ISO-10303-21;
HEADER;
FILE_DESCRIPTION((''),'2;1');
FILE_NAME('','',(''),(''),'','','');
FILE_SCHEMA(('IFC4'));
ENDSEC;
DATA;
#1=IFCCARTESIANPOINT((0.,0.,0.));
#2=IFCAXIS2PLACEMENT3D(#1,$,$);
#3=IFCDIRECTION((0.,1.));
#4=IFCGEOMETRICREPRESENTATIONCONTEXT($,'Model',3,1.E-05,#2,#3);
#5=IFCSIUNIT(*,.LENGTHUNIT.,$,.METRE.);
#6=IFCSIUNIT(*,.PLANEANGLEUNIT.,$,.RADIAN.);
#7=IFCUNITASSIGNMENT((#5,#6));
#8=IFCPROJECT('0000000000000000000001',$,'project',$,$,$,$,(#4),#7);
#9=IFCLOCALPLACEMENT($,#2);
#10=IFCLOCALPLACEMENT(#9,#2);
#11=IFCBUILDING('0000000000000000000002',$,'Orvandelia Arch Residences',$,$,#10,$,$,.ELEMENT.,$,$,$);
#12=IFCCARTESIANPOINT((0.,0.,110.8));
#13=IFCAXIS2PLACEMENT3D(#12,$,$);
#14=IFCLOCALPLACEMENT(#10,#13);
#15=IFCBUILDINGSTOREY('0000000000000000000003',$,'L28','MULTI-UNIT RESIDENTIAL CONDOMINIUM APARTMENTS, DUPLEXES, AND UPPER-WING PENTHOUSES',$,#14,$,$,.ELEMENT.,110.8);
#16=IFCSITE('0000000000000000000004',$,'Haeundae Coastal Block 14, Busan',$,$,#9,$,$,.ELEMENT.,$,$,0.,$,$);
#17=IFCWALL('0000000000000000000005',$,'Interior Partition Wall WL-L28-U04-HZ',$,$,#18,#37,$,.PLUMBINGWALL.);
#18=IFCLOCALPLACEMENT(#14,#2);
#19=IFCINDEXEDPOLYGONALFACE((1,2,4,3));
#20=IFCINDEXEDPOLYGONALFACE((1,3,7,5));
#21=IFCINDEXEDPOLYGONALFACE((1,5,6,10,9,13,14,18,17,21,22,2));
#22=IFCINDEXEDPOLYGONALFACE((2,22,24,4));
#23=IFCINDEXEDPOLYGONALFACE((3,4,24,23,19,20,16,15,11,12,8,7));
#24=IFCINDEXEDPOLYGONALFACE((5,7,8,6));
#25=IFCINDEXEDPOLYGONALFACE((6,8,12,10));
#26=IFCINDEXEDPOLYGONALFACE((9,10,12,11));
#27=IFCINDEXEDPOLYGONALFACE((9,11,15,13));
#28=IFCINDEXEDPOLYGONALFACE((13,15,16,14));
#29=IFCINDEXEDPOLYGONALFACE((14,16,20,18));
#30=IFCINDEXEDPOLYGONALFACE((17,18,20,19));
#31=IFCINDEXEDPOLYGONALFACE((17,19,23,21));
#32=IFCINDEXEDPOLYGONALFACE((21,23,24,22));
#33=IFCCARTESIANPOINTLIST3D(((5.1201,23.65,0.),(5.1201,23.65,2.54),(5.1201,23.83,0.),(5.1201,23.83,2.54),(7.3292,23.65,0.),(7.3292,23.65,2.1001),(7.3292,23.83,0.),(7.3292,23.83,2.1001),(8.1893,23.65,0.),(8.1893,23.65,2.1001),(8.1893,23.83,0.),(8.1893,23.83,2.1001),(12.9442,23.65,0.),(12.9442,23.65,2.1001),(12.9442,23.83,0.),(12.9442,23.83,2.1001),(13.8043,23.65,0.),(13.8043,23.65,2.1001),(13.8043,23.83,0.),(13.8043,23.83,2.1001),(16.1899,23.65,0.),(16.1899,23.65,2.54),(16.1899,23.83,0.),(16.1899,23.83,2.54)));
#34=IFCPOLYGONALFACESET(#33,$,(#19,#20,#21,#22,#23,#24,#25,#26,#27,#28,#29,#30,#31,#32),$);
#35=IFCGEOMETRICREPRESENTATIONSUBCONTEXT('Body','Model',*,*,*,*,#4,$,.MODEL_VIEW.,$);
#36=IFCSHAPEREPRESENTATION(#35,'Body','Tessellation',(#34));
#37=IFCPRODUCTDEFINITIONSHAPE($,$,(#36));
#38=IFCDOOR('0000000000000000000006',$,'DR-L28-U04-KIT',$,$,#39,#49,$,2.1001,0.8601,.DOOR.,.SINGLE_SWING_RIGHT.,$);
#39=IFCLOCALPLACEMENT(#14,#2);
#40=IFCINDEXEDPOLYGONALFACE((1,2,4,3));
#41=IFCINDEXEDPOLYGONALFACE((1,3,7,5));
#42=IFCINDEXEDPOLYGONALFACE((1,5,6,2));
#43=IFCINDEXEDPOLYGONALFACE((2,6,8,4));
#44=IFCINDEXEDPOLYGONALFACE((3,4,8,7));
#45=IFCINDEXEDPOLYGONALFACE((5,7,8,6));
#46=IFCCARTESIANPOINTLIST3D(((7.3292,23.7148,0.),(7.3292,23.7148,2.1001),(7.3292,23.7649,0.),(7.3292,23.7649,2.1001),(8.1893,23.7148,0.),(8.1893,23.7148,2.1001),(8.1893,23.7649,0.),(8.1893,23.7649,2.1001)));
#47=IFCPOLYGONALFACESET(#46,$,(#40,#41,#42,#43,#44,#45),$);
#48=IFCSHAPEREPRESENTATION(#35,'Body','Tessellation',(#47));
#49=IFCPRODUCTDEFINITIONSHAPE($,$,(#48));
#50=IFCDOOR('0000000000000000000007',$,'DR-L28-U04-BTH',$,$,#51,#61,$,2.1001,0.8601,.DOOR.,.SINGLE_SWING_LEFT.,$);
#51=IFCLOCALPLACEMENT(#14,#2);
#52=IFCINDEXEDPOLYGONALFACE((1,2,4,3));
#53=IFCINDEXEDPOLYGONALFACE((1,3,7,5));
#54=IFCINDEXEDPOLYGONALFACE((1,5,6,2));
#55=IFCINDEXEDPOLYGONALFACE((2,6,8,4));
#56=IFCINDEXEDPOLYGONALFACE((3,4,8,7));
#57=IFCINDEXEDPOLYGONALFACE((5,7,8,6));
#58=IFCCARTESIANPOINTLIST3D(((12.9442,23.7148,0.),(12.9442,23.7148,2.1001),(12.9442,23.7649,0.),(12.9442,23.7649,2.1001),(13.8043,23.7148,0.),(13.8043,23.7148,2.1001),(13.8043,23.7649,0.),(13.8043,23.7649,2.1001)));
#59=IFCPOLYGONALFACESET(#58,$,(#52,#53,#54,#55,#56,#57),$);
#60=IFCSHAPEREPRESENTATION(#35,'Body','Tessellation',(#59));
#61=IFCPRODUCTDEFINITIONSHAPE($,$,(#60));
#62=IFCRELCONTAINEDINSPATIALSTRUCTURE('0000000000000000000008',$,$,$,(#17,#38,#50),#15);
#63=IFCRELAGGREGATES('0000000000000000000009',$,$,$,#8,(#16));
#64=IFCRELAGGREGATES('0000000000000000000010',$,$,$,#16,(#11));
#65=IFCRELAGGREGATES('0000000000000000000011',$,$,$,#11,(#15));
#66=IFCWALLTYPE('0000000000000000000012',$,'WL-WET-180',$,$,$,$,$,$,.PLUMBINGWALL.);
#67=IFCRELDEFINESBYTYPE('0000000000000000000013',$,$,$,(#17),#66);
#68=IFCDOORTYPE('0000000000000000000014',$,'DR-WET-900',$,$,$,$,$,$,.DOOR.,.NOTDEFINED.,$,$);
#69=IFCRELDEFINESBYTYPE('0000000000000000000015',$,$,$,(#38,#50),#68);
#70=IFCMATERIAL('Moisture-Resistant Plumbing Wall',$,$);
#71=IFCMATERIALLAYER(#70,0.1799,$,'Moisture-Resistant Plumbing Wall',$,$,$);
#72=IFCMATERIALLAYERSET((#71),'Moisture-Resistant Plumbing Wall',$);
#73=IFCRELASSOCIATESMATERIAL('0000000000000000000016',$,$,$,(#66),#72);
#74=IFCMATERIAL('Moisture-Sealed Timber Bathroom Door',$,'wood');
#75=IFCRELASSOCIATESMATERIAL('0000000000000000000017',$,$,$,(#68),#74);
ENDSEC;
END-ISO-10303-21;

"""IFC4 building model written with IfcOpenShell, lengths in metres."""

from ifc_helpers import new_model, si_unit, direction, frame, frame_2d, origin, place, context, subcontext, project, spatial, rectangle, extrude, material, layer, layer_set, type_object, element, fill, save


model = new_model("IFC4")

# Units and contexts
model_context = context("Model", 3, precision=1e-05, world=origin(), true_north=direction((0.0, 1.0)))
body_context = subcontext(model_context, "Body", "Model", "MODEL_VIEW")
ifc_project = project(units=[si_unit("LENGTHUNIT", "METRE"), si_unit("PLANEANGLEUNIT", "RADIAN")], contexts=[model_context])

# Site, building, storey
site_placement = place(None, origin())
site = spatial("IfcSite", under=ifc_project, at=site_placement, Name="Haeundae Coastal Block 14, Busan", CompositionType="ELEMENT", RefElevation=0.0)
building_placement = place(site_placement, origin())
building = spatial("IfcBuilding", under=site, at=building_placement, Name="Orvandelia Arch Residences", CompositionType="ELEMENT")
storey_placement = place(building_placement, frame((0.0, 0.0, 110.8)))
storey = spatial("IfcBuildingStorey", under=building, at=storey_placement, Name="L28", Description="MULTI-UNIT RESIDENTIAL CONDOMINIUM APARTMENTS, DUPLEXES, AND UPPER-WING PENTHOUSES", CompositionType="ELEMENT", Elevation=110.8)

# Wall, openings, doors
ifc_material_1 = material(Name="Moisture-Resistant Plumbing Wall")
ifc_layer_1 = layer(ifc_material_1, 0.1799, Name="Moisture-Resistant Plumbing Wall")
ifc_layer_set_1 = layer_set([ifc_layer_1], Name="Moisture-Resistant Plumbing Wall")
wall_type_1 = type_object("IfcWallType", Name="WL-WET-180", PredefinedType="PLUMBINGWALL", material=ifc_layer_set_1)
ifc_material_2 = material(Name="Moisture-Sealed Timber Bathroom Door", Category="wood")
door_type = type_object("IfcDoorType", Name="DR-WET-900", OperationType="NOTDEFINED", PredefinedType="DOOR", material=ifc_material_2)
wall_1_placement = place(storey_placement, frame((5.1201, 23.74, 0.0), z_axis=(0.0, 0.0, 1.0), x_axis=(1.0, 0.0, 0.0)))
wall_1 = element("IfcWall", 1, at=wall_1_placement, inside=storey, type_object=wall_type_1, Name="Interior Partition Wall WL-L28-U04-HZ", PredefinedType="PLUMBINGWALL", context=body_context, shape_type="SweptSolid", body=[
    extrude(rectangle(XDim=11.0698, YDim=0.1799, at=frame_2d((5.5349, 0.0))), origin(), (0.0, 0.0, 1.0), 2.54),
])
opening_1_placement = place(wall_1_placement, frame((2.209, 0.0, 0.0)))
opening_1 = element("IfcOpeningElement", 2, at=opening_1_placement, cuts=wall_1, PredefinedType="OPENING", context=body_context, shape_type="SweptSolid", body=[
    extrude(rectangle(XDim=0.8601, YDim=2.1001, at=frame_2d((0.4302, 1.05))), frame((0.0, 0.1001, 0.0), z_axis=(0.0, -1.0, 0.0), x_axis=(1.0, 0.0, 0.0)), (0.0, 0.0, 1.0), 0.2),
])
opening_2_placement = place(wall_1_placement, frame((7.824, 0.0, 0.0)))
opening_2 = element("IfcOpeningElement", 3, at=opening_2_placement, cuts=wall_1, PredefinedType="OPENING", context=body_context, shape_type="SweptSolid", body=[
    extrude(rectangle(XDim=0.8601, YDim=2.1001, at=frame_2d((0.4302, 1.05))), frame((0.0, 0.1001, 0.0), z_axis=(0.0, -1.0, 0.0), x_axis=(1.0, 0.0, 0.0)), (0.0, 0.0, 1.0), 0.2),
])
door_1_placement = place(opening_1_placement, origin())
door_1 = element("IfcDoor", 4, at=door_1_placement, inside=storey, type_object=door_type, Name="DR-L28-U04-KIT", OperationType="SINGLE_SWING_RIGHT", OverallHeight=2.1001, OverallWidth=0.8601, PredefinedType="DOOR", context=body_context, shape_type="SweptSolid", body=[
    extrude(rectangle(XDim=0.8601, YDim=2.1001, at=frame_2d((0.4302, 1.05))), frame((0.0, 0.0249, 0.0), z_axis=(0.0, -1.0, 0.0), x_axis=(1.0, 0.0, 0.0)), (0.0, 0.0, 1.0), 0.05),
])
fill(opening_1, door_1)
door_2_placement = place(opening_2_placement, origin())
door_2 = element("IfcDoor", 5, at=door_2_placement, inside=storey, type_object=door_type, Name="DR-L28-U04-BTH", OperationType="SINGLE_SWING_LEFT", OverallHeight=2.1001, OverallWidth=0.8601, PredefinedType="DOOR", context=body_context, shape_type="SweptSolid", body=[
    extrude(rectangle(XDim=0.8601, YDim=2.1001, at=frame_2d((0.4302, 1.05))), frame((0.0, 0.0249, 0.0), z_axis=(0.0, -1.0, 0.0), x_axis=(1.0, 0.0, 0.0)), (0.0, 0.0, 1.0), 0.05),
])
fill(opening_2, door_2)

save(model, "model.ifc")
